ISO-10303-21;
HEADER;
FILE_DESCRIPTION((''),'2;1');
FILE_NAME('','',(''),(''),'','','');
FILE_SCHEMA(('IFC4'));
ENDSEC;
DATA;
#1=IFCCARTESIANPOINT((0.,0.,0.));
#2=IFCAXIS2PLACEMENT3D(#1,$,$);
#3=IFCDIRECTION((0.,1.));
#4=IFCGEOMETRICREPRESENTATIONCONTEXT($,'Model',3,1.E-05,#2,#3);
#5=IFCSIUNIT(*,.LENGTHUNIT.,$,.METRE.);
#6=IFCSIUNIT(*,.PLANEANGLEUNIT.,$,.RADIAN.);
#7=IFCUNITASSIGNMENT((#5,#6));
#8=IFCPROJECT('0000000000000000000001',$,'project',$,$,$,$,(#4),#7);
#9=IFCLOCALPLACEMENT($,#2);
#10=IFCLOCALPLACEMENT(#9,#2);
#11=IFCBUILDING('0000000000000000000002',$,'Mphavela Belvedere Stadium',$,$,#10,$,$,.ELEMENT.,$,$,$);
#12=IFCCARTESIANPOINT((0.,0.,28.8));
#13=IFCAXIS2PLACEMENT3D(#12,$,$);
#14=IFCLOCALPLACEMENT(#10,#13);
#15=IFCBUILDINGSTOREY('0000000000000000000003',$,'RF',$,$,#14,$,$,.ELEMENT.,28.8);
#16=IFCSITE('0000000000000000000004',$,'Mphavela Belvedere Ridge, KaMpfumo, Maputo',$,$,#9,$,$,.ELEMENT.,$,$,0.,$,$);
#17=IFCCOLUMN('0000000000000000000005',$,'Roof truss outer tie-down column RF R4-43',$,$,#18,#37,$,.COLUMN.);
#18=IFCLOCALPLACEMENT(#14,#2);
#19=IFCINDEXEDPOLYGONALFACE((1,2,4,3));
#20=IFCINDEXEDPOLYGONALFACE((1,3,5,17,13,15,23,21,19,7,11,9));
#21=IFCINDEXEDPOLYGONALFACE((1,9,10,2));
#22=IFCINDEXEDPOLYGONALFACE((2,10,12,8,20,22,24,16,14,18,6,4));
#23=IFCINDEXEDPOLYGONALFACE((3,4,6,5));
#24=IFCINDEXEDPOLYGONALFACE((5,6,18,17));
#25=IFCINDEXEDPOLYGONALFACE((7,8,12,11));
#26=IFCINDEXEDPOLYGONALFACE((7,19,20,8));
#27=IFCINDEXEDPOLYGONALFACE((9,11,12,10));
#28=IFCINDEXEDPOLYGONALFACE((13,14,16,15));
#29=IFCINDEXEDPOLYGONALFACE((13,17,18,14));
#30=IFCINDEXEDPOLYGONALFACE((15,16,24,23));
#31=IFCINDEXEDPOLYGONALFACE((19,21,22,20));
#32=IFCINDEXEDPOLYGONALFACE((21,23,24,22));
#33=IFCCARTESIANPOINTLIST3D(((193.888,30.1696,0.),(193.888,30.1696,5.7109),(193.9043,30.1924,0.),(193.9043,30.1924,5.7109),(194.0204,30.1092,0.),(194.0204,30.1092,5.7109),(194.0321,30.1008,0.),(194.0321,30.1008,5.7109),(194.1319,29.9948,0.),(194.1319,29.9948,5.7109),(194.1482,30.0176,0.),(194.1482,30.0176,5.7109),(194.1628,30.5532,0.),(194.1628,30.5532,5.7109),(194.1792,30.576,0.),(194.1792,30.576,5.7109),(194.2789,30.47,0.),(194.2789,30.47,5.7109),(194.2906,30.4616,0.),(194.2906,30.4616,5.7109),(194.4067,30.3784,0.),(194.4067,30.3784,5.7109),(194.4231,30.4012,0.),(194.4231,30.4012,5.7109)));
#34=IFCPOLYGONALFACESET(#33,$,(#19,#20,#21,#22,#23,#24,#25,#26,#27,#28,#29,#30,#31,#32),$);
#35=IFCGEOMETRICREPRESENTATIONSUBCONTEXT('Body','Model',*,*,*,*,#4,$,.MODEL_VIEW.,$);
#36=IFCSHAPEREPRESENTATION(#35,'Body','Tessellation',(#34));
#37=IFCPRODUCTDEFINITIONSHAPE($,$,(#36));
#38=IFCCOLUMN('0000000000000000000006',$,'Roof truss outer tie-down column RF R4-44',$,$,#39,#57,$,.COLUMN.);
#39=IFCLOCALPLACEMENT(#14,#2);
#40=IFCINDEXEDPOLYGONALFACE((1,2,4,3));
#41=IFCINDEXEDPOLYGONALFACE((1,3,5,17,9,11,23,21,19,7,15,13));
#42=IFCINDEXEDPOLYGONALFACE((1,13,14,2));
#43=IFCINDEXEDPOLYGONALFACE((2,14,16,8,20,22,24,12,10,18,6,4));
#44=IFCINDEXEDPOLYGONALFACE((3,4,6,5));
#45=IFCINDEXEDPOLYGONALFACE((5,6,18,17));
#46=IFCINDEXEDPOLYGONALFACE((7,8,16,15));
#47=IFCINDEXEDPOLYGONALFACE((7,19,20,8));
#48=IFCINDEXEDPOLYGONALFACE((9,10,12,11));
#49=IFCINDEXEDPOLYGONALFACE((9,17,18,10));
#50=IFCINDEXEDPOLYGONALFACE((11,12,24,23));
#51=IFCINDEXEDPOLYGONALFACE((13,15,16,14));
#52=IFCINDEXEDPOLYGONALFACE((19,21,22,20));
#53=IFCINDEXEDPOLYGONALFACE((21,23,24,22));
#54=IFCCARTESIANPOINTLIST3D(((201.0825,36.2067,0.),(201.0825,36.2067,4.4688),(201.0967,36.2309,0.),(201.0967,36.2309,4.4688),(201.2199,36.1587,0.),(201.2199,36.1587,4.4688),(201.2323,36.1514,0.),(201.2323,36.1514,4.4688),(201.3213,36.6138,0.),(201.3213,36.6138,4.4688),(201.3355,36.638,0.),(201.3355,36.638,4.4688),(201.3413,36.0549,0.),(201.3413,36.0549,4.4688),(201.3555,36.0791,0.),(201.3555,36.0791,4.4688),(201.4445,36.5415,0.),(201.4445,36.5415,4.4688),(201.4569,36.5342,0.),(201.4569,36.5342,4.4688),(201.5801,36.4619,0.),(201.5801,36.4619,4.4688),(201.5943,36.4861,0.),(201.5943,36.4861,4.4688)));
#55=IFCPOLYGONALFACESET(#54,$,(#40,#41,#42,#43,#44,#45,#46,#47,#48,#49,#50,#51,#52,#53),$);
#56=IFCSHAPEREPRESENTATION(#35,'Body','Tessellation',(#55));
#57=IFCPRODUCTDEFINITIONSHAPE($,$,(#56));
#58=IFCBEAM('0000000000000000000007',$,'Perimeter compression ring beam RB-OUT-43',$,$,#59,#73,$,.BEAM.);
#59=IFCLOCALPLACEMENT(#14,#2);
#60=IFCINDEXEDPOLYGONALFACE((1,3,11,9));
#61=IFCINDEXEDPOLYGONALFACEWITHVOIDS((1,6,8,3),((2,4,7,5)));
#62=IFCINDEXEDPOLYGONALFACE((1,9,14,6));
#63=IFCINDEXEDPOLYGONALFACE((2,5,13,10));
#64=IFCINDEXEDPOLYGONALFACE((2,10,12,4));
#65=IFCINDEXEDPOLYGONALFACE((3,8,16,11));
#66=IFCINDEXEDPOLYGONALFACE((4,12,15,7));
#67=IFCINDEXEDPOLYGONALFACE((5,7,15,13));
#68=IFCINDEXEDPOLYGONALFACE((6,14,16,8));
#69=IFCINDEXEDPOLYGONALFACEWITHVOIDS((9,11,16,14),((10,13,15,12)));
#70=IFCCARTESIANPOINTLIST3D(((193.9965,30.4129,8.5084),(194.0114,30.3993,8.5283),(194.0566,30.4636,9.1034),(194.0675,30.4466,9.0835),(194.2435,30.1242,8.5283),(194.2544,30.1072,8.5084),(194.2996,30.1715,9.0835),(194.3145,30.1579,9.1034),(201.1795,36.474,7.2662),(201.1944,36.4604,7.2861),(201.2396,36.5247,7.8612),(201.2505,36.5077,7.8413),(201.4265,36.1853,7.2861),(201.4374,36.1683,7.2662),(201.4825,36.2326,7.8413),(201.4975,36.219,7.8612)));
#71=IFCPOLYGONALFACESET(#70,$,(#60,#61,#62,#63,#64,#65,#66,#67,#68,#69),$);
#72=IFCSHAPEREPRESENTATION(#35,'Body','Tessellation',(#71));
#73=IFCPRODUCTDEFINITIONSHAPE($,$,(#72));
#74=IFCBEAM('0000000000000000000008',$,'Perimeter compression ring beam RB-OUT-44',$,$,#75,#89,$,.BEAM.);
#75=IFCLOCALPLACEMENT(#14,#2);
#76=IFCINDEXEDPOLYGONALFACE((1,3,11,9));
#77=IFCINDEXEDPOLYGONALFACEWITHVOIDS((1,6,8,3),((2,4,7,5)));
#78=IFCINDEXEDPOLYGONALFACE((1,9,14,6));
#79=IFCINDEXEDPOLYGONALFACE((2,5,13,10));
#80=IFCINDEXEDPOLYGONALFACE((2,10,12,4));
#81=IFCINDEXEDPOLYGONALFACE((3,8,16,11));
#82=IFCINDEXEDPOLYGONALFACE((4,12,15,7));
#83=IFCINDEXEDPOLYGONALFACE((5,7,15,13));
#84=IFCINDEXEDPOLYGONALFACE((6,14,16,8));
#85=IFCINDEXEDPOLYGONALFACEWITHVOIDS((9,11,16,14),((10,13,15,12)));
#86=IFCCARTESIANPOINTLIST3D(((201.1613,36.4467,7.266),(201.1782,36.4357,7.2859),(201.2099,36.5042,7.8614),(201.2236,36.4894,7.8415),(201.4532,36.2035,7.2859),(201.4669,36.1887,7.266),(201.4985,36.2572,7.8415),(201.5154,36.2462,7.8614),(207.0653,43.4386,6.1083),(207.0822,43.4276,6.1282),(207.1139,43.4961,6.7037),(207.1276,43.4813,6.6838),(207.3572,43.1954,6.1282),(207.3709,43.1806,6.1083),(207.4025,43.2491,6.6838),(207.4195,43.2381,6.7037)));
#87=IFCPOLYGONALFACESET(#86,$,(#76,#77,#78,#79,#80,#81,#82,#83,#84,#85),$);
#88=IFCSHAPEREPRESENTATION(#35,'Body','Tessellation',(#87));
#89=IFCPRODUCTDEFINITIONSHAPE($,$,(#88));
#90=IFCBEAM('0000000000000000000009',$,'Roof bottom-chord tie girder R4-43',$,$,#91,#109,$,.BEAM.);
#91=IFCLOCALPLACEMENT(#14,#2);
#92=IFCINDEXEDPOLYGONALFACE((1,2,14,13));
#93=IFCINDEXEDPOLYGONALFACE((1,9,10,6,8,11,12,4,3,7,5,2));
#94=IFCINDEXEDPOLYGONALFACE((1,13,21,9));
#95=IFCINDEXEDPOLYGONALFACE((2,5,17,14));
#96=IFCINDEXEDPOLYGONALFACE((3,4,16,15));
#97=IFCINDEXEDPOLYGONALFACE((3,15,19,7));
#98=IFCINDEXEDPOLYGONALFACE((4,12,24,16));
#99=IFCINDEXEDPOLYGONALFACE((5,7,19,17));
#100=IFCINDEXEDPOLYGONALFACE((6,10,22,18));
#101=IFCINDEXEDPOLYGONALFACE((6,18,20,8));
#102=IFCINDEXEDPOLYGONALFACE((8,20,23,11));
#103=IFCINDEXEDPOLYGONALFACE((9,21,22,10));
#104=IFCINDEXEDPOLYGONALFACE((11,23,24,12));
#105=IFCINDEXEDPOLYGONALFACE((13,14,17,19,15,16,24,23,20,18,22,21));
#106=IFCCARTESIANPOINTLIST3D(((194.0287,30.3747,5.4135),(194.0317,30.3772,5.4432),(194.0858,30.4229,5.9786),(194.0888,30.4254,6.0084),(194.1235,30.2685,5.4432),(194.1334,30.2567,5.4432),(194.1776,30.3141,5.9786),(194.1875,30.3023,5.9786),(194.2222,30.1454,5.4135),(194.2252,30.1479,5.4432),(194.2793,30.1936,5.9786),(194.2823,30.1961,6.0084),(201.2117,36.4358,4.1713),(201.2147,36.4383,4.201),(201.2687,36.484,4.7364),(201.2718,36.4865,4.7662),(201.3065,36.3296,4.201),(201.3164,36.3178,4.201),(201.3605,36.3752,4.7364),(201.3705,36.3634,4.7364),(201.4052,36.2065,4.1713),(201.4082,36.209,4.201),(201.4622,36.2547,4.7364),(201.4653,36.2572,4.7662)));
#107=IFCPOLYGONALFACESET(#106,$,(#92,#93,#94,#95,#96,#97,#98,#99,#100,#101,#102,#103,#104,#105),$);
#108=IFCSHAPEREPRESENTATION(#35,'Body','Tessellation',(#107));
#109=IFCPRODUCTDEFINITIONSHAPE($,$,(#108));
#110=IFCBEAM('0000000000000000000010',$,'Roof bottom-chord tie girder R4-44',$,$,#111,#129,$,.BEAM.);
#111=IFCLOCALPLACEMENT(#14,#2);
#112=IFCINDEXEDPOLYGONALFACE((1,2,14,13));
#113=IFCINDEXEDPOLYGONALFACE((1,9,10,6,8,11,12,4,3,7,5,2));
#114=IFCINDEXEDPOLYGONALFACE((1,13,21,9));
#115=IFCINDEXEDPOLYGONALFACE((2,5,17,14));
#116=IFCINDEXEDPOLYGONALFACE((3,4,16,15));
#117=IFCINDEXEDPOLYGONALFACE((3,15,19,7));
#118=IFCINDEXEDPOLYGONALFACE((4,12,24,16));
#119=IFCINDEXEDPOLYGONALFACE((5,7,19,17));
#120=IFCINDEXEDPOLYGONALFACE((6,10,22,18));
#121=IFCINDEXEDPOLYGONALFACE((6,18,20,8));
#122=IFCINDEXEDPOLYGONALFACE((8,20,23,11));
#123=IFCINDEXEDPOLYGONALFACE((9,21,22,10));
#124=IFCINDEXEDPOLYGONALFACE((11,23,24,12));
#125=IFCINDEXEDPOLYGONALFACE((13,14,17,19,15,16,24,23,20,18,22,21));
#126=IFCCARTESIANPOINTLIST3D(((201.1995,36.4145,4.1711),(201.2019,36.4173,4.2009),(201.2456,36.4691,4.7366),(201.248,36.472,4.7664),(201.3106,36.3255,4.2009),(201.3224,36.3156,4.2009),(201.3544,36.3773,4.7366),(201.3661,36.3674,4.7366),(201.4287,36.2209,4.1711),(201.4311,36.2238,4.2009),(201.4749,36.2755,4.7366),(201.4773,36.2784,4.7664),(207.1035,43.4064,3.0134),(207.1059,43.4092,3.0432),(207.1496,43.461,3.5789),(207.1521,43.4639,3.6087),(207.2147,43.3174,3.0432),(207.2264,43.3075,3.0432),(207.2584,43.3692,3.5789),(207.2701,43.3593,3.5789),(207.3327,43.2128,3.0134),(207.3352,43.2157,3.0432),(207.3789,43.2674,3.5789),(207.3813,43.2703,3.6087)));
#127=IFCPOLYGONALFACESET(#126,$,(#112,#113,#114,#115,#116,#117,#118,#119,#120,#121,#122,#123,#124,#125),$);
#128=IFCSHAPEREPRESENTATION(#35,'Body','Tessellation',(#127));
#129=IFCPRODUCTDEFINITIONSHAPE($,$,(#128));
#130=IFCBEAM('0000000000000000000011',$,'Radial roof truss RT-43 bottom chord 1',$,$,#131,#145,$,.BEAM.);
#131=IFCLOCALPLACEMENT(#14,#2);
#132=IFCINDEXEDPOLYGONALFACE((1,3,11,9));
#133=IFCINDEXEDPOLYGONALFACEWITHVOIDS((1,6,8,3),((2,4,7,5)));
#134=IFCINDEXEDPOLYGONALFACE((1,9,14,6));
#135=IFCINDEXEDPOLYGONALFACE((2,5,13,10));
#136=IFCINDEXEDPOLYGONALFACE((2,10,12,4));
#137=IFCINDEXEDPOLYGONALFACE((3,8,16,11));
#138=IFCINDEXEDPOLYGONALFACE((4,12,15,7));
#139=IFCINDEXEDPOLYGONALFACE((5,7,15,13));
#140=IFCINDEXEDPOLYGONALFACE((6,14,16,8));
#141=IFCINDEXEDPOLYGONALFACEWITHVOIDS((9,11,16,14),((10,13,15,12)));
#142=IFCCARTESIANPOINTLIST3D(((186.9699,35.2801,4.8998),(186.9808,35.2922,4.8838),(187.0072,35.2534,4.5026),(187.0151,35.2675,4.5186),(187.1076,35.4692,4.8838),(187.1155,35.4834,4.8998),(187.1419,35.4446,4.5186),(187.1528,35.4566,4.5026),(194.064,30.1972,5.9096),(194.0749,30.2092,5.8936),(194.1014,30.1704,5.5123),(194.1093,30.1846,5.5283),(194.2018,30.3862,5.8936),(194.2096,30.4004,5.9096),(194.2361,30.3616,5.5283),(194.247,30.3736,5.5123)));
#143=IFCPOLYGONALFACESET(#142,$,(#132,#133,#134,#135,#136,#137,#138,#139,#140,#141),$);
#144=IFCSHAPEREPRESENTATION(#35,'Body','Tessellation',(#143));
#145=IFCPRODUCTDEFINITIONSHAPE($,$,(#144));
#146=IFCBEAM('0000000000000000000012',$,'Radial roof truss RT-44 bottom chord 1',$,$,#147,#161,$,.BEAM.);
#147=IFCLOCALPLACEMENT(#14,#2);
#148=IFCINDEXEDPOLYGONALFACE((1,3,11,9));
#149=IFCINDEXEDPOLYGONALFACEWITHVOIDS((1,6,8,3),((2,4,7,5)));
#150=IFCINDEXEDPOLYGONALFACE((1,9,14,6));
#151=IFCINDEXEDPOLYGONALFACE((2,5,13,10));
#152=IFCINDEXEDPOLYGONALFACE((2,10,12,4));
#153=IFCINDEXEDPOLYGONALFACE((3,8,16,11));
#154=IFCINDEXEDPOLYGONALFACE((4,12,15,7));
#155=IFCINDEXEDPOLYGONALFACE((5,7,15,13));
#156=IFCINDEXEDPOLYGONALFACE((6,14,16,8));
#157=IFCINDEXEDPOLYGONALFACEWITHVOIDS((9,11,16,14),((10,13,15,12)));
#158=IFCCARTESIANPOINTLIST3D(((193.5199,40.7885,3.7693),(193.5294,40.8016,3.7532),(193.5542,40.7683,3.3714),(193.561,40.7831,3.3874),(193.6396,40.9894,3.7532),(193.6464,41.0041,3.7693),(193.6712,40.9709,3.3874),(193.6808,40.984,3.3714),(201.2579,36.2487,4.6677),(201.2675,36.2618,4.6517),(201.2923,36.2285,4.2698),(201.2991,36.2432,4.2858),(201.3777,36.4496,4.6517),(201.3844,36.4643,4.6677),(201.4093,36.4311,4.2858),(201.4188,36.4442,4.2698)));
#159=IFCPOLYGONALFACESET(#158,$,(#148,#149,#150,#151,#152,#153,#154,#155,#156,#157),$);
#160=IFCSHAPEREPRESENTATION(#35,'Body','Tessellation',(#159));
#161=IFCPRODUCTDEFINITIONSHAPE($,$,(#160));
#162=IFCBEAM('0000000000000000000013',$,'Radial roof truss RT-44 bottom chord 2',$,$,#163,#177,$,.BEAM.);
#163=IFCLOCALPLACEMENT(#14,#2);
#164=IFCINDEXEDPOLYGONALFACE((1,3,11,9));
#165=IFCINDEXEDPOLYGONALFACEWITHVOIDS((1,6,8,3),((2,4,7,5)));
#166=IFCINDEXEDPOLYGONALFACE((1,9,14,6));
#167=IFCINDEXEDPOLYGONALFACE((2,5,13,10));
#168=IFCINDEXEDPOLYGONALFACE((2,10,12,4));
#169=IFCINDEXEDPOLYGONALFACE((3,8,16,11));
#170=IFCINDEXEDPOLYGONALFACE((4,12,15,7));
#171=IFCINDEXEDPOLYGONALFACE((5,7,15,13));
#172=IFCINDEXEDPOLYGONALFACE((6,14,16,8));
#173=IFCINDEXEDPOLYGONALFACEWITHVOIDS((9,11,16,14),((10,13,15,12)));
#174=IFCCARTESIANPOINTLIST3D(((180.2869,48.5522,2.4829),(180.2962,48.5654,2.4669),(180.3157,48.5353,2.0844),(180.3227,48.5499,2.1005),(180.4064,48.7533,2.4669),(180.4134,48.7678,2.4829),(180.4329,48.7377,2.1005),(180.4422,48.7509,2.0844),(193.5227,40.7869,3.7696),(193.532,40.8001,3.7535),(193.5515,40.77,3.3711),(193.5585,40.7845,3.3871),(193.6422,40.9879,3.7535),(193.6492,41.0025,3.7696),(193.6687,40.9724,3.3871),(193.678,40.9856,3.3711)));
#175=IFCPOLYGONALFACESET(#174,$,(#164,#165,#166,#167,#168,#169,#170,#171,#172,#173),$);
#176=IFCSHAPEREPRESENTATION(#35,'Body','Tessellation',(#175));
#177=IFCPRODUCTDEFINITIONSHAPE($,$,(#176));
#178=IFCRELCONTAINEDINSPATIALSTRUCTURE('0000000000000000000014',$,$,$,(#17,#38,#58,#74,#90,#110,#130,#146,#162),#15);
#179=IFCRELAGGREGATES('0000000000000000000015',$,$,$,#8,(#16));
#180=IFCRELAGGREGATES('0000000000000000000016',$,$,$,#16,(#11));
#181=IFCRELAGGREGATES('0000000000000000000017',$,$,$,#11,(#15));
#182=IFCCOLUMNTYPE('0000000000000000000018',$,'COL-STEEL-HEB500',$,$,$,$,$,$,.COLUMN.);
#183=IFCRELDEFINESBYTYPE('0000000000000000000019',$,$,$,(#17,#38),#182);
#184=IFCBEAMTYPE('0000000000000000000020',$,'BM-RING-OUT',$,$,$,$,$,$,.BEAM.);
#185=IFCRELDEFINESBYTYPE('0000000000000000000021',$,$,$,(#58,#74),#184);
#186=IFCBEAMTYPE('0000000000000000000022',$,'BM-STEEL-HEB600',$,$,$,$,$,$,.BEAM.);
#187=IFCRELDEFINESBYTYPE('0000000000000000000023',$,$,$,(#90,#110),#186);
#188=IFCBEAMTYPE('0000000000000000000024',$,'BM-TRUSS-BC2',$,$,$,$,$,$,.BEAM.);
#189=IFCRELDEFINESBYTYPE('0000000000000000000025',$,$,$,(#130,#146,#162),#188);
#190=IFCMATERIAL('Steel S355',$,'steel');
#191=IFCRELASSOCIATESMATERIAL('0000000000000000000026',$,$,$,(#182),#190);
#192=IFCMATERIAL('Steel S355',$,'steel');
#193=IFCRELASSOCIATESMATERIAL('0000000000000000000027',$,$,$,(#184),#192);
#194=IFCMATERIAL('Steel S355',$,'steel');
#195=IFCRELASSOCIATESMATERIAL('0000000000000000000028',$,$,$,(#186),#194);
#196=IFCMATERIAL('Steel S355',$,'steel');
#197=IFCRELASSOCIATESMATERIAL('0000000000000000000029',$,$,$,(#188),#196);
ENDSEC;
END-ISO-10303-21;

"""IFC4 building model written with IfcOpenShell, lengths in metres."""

from ifc_helpers import new_model, si_unit, direction, frame, origin, origin_2d, place, context, subcontext, project, spatial, hollow_rectangle, i_section, extrude, material, material_profile, profile_set, type_object, element, save


model = new_model("IFC4")

# Units and contexts
model_context = context("Model", 3, precision=1e-05, world=origin(), true_north=direction((0.0, 1.0)))
body_context = subcontext(model_context, "Body", "Model", "MODEL_VIEW")
ifc_project = project(units=[si_unit("LENGTHUNIT", "METRE"), si_unit("PLANEANGLEUNIT", "RADIAN")], contexts=[model_context])

# Site, building, storey
site_placement = place(None, origin())
site = spatial("IfcSite", under=ifc_project, at=site_placement, Name="Mphavela Belvedere Ridge, KaMpfumo, Maputo", CompositionType="ELEMENT", RefElevation=0.0)
building_placement = place(site_placement, origin())
building = spatial("IfcBuilding", under=site, at=building_placement, Name="Mphavela Belvedere Stadium", CompositionType="ELEMENT")
storey_placement = place(building_placement, frame((0.0, 0.0, 28.8)))
storey = spatial("IfcBuildingStorey", under=building, at=storey_placement, Name="RF", CompositionType="ELEMENT", Elevation=28.8)

# Columns
ifc_material_1 = material(Name="Steel S355", Category="steel")
ifc_material_profile_1 = material_profile(ifc_material_1, i_section(OverallWidth=0.3, OverallDepth=0.5, WebThickness=0.0144, FlangeThickness=0.0281, at=origin_2d()), Name="HEB 500")
ifc_profile_set_1 = profile_set([ifc_material_profile_1], Name="Steel S355")
column_type = type_object("IfcColumnType", Name="COL-STEEL-HEB500", PredefinedType="COLUMN", material=ifc_profile_set_1)
column_1_placement = place(storey_placement, frame((194.1555, 30.2854, 0.0), z_axis=(0.0, 0.0, 1.0), x_axis=(0.812898, -0.582407, 0.0)))
element("IfcColumn", 1, at=column_1_placement, inside=storey, type_object=column_type, Name="Roof truss outer tie-down column RF R4-43", PredefinedType="COLUMN", context=body_context, shape_type="SweptSolid", body=[
    extrude(i_section(OverallWidth=0.3, OverallDepth=0.5, WebThickness=0.0144, FlangeThickness=0.0281, at=origin_2d()), origin(), (0.0, 0.0, 1.0), 5.7109),
])
column_2_placement = place(storey_placement, frame((201.3384, 36.3464, 0.0), z_axis=(0.0, 0.0, 1.0), x_axis=(0.862514, -0.506034, 0.0)))
element("IfcColumn", 2, at=column_2_placement, inside=storey, type_object=column_type, Name="Roof truss outer tie-down column RF R4-44", PredefinedType="COLUMN", context=body_context, shape_type="SweptSolid", body=[
    extrude(i_section(OverallWidth=0.3, OverallDepth=0.5, WebThickness=0.0144, FlangeThickness=0.0281, at=origin_2d()), origin(), (0.0, 0.0, 1.0), 4.4688),
])

# Beams
ifc_material_2 = material(Name="Steel S355", Category="steel")
ifc_material_profile_2 = material_profile(ifc_material_2, hollow_rectangle(XDim=0.3999, YDim=0.6001, WallThickness=0.02, at=origin_2d()), Name="RHS 600x400x20")
ifc_profile_set_2 = profile_set([ifc_material_profile_2], Name="Steel S355")
beam_type_1 = type_object("IfcBeamType", Name="BM-RING-OUT", PredefinedType="BEAM", material=ifc_profile_set_2)
beam_1_placement = place(storey_placement, frame((194.1555, 30.2854, 8.8059), z_axis=(0.757676, 0.639342, -0.131031), x_axis=(-0.644902, 0.764265, 0.0)))
element("IfcBeam", 3, at=beam_1_placement, inside=storey, type_object=beam_type_1, Name="Perimeter compression ring beam RB-OUT-43", PredefinedType="BEAM", context=body_context, shape_type="SweptSolid", body=[
    extrude(hollow_rectangle(XDim=0.3999, YDim=0.6001, WallThickness=0.02, at=origin_2d()), origin(), (0.0, 0.0, 1.0), 9.4802),
])
beam_2_placement = place(storey_placement, frame((201.3384, 36.3464, 7.5637), z_axis=(0.640063, 0.758002, -0.125509), x_axis=(-0.764044, 0.645165, 0.0)))
element("IfcBeam", 4, at=beam_2_placement, inside=storey, type_object=beam_type_1, Name="Perimeter compression ring beam RB-OUT-44", PredefinedType="BEAM", context=body_context, shape_type="SweptSolid", body=[
    extrude(hollow_rectangle(XDim=0.3999, YDim=0.6001, WallThickness=0.02, at=origin_2d()), origin(), (0.0, 0.0, 1.0), 9.2241),
])
ifc_material_3 = material(Name="Steel S355", Category="steel")
ifc_material_profile_3 = material_profile(ifc_material_3, i_section(OverallWidth=0.3, OverallDepth=0.6001, WebThickness=0.0154, FlangeThickness=0.03, at=origin_2d()), Name="HEB 600")
ifc_profile_set_3 = profile_set([ifc_material_profile_3], Name="Steel S355")
beam_type_2 = type_object("IfcBeamType", Name="BM-STEEL-HEB600", PredefinedType="BEAM", material=ifc_profile_set_3)
beam_3_placement = place(storey_placement, frame((194.1555, 30.2854, 5.7109), z_axis=(0.757676, 0.639342, -0.131031), x_axis=(-0.644902, 0.764265, 0.0)))
element("IfcBeam", 5, at=beam_3_placement, inside=storey, type_object=beam_type_2, Name="Roof bottom-chord tie girder R4-43", PredefinedType="BEAM", context=body_context, shape_type="SweptSolid", body=[
    extrude(i_section(OverallWidth=0.3, OverallDepth=0.6001, WebThickness=0.0154, FlangeThickness=0.03, at=origin_2d()), origin(), (0.0, 0.0, 1.0), 9.4802),
])
beam_4_placement = place(storey_placement, frame((201.3384, 36.3464, 4.4688), z_axis=(0.640063, 0.758002, -0.125509), x_axis=(-0.764044, 0.645165, 0.0)))
element("IfcBeam", 6, at=beam_4_placement, inside=storey, type_object=beam_type_2, Name="Roof bottom-chord tie girder R4-44", PredefinedType="BEAM", context=body_context, shape_type="SweptSolid", body=[
    extrude(i_section(OverallWidth=0.3, OverallDepth=0.6001, WebThickness=0.0154, FlangeThickness=0.03, at=origin_2d()), origin(), (0.0, 0.0, 1.0), 9.2241),
])
ifc_material_4 = material(Name="Steel S355", Category="steel")
ifc_material_profile_4 = material_profile(ifc_material_4, hollow_rectangle(XDim=0.25, YDim=0.3999, WallThickness=0.0161, at=origin_2d()), Name="RHS 400x250x16")
ifc_profile_set_4 = profile_set([ifc_material_profile_4], Name="Steel S355")
beam_type_3 = type_object("IfcBeamType", Name="BM-TRUSS-BC2", PredefinedType="BEAM", material=ifc_profile_set_4)
beam_5_placement = place(storey_placement, frame((194.1555, 30.2854, 5.7109), z_axis=(-0.807495, 0.578569, -0.114936), x_axis=(-0.582428, -0.812882, 0.0)))
element("IfcBeam", 7, at=beam_5_placement, inside=storey, type_object=beam_type_3, Name="Radial roof truss RT-43 bottom chord 1", PredefinedType="BEAM", context=body_context, shape_type="SweptSolid", body=[
    extrude(hollow_rectangle(XDim=0.25, YDim=0.3999, WallThickness=0.0161, at=origin_2d()), origin(), (0.0, 0.0, 1.0), 8.7854),
])
beam_6_placement = place(storey_placement, frame((201.3384, 36.3464, 4.4688), z_axis=(-0.858225, 0.503508, -0.099646), x_axis=(-0.506027, -0.862518, 0.0)))
element("IfcBeam", 8, at=beam_6_placement, inside=storey, type_object=beam_type_3, Name="Radial roof truss RT-44 bottom chord 1", PredefinedType="BEAM", context=body_context, shape_type="SweptSolid", body=[
    extrude(hollow_rectangle(XDim=0.25, YDim=0.3999, WallThickness=0.0161, at=origin_2d()), origin(), (0.0, 0.0, 1.0), 9.0164),
])
beam_7_placement = place(storey_placement, frame((193.6003, 40.8862, 3.5703), z_axis=(-0.859499, 0.504263, -0.08355), x_axis=(-0.506032, -0.862515, 0.0)))
element("IfcBeam", 9, at=beam_7_placement, inside=storey, type_object=beam_type_3, Name="Radial roof truss RT-44 bottom chord 2", PredefinedType="BEAM", context=body_context, shape_type="SweptSolid", body=[
    extrude(hollow_rectangle(XDim=0.25, YDim=0.3999, WallThickness=0.0161, at=origin_2d()), origin(), (0.0, 0.0, 1.0), 15.3994),
])

save(model, "model.ifc")
